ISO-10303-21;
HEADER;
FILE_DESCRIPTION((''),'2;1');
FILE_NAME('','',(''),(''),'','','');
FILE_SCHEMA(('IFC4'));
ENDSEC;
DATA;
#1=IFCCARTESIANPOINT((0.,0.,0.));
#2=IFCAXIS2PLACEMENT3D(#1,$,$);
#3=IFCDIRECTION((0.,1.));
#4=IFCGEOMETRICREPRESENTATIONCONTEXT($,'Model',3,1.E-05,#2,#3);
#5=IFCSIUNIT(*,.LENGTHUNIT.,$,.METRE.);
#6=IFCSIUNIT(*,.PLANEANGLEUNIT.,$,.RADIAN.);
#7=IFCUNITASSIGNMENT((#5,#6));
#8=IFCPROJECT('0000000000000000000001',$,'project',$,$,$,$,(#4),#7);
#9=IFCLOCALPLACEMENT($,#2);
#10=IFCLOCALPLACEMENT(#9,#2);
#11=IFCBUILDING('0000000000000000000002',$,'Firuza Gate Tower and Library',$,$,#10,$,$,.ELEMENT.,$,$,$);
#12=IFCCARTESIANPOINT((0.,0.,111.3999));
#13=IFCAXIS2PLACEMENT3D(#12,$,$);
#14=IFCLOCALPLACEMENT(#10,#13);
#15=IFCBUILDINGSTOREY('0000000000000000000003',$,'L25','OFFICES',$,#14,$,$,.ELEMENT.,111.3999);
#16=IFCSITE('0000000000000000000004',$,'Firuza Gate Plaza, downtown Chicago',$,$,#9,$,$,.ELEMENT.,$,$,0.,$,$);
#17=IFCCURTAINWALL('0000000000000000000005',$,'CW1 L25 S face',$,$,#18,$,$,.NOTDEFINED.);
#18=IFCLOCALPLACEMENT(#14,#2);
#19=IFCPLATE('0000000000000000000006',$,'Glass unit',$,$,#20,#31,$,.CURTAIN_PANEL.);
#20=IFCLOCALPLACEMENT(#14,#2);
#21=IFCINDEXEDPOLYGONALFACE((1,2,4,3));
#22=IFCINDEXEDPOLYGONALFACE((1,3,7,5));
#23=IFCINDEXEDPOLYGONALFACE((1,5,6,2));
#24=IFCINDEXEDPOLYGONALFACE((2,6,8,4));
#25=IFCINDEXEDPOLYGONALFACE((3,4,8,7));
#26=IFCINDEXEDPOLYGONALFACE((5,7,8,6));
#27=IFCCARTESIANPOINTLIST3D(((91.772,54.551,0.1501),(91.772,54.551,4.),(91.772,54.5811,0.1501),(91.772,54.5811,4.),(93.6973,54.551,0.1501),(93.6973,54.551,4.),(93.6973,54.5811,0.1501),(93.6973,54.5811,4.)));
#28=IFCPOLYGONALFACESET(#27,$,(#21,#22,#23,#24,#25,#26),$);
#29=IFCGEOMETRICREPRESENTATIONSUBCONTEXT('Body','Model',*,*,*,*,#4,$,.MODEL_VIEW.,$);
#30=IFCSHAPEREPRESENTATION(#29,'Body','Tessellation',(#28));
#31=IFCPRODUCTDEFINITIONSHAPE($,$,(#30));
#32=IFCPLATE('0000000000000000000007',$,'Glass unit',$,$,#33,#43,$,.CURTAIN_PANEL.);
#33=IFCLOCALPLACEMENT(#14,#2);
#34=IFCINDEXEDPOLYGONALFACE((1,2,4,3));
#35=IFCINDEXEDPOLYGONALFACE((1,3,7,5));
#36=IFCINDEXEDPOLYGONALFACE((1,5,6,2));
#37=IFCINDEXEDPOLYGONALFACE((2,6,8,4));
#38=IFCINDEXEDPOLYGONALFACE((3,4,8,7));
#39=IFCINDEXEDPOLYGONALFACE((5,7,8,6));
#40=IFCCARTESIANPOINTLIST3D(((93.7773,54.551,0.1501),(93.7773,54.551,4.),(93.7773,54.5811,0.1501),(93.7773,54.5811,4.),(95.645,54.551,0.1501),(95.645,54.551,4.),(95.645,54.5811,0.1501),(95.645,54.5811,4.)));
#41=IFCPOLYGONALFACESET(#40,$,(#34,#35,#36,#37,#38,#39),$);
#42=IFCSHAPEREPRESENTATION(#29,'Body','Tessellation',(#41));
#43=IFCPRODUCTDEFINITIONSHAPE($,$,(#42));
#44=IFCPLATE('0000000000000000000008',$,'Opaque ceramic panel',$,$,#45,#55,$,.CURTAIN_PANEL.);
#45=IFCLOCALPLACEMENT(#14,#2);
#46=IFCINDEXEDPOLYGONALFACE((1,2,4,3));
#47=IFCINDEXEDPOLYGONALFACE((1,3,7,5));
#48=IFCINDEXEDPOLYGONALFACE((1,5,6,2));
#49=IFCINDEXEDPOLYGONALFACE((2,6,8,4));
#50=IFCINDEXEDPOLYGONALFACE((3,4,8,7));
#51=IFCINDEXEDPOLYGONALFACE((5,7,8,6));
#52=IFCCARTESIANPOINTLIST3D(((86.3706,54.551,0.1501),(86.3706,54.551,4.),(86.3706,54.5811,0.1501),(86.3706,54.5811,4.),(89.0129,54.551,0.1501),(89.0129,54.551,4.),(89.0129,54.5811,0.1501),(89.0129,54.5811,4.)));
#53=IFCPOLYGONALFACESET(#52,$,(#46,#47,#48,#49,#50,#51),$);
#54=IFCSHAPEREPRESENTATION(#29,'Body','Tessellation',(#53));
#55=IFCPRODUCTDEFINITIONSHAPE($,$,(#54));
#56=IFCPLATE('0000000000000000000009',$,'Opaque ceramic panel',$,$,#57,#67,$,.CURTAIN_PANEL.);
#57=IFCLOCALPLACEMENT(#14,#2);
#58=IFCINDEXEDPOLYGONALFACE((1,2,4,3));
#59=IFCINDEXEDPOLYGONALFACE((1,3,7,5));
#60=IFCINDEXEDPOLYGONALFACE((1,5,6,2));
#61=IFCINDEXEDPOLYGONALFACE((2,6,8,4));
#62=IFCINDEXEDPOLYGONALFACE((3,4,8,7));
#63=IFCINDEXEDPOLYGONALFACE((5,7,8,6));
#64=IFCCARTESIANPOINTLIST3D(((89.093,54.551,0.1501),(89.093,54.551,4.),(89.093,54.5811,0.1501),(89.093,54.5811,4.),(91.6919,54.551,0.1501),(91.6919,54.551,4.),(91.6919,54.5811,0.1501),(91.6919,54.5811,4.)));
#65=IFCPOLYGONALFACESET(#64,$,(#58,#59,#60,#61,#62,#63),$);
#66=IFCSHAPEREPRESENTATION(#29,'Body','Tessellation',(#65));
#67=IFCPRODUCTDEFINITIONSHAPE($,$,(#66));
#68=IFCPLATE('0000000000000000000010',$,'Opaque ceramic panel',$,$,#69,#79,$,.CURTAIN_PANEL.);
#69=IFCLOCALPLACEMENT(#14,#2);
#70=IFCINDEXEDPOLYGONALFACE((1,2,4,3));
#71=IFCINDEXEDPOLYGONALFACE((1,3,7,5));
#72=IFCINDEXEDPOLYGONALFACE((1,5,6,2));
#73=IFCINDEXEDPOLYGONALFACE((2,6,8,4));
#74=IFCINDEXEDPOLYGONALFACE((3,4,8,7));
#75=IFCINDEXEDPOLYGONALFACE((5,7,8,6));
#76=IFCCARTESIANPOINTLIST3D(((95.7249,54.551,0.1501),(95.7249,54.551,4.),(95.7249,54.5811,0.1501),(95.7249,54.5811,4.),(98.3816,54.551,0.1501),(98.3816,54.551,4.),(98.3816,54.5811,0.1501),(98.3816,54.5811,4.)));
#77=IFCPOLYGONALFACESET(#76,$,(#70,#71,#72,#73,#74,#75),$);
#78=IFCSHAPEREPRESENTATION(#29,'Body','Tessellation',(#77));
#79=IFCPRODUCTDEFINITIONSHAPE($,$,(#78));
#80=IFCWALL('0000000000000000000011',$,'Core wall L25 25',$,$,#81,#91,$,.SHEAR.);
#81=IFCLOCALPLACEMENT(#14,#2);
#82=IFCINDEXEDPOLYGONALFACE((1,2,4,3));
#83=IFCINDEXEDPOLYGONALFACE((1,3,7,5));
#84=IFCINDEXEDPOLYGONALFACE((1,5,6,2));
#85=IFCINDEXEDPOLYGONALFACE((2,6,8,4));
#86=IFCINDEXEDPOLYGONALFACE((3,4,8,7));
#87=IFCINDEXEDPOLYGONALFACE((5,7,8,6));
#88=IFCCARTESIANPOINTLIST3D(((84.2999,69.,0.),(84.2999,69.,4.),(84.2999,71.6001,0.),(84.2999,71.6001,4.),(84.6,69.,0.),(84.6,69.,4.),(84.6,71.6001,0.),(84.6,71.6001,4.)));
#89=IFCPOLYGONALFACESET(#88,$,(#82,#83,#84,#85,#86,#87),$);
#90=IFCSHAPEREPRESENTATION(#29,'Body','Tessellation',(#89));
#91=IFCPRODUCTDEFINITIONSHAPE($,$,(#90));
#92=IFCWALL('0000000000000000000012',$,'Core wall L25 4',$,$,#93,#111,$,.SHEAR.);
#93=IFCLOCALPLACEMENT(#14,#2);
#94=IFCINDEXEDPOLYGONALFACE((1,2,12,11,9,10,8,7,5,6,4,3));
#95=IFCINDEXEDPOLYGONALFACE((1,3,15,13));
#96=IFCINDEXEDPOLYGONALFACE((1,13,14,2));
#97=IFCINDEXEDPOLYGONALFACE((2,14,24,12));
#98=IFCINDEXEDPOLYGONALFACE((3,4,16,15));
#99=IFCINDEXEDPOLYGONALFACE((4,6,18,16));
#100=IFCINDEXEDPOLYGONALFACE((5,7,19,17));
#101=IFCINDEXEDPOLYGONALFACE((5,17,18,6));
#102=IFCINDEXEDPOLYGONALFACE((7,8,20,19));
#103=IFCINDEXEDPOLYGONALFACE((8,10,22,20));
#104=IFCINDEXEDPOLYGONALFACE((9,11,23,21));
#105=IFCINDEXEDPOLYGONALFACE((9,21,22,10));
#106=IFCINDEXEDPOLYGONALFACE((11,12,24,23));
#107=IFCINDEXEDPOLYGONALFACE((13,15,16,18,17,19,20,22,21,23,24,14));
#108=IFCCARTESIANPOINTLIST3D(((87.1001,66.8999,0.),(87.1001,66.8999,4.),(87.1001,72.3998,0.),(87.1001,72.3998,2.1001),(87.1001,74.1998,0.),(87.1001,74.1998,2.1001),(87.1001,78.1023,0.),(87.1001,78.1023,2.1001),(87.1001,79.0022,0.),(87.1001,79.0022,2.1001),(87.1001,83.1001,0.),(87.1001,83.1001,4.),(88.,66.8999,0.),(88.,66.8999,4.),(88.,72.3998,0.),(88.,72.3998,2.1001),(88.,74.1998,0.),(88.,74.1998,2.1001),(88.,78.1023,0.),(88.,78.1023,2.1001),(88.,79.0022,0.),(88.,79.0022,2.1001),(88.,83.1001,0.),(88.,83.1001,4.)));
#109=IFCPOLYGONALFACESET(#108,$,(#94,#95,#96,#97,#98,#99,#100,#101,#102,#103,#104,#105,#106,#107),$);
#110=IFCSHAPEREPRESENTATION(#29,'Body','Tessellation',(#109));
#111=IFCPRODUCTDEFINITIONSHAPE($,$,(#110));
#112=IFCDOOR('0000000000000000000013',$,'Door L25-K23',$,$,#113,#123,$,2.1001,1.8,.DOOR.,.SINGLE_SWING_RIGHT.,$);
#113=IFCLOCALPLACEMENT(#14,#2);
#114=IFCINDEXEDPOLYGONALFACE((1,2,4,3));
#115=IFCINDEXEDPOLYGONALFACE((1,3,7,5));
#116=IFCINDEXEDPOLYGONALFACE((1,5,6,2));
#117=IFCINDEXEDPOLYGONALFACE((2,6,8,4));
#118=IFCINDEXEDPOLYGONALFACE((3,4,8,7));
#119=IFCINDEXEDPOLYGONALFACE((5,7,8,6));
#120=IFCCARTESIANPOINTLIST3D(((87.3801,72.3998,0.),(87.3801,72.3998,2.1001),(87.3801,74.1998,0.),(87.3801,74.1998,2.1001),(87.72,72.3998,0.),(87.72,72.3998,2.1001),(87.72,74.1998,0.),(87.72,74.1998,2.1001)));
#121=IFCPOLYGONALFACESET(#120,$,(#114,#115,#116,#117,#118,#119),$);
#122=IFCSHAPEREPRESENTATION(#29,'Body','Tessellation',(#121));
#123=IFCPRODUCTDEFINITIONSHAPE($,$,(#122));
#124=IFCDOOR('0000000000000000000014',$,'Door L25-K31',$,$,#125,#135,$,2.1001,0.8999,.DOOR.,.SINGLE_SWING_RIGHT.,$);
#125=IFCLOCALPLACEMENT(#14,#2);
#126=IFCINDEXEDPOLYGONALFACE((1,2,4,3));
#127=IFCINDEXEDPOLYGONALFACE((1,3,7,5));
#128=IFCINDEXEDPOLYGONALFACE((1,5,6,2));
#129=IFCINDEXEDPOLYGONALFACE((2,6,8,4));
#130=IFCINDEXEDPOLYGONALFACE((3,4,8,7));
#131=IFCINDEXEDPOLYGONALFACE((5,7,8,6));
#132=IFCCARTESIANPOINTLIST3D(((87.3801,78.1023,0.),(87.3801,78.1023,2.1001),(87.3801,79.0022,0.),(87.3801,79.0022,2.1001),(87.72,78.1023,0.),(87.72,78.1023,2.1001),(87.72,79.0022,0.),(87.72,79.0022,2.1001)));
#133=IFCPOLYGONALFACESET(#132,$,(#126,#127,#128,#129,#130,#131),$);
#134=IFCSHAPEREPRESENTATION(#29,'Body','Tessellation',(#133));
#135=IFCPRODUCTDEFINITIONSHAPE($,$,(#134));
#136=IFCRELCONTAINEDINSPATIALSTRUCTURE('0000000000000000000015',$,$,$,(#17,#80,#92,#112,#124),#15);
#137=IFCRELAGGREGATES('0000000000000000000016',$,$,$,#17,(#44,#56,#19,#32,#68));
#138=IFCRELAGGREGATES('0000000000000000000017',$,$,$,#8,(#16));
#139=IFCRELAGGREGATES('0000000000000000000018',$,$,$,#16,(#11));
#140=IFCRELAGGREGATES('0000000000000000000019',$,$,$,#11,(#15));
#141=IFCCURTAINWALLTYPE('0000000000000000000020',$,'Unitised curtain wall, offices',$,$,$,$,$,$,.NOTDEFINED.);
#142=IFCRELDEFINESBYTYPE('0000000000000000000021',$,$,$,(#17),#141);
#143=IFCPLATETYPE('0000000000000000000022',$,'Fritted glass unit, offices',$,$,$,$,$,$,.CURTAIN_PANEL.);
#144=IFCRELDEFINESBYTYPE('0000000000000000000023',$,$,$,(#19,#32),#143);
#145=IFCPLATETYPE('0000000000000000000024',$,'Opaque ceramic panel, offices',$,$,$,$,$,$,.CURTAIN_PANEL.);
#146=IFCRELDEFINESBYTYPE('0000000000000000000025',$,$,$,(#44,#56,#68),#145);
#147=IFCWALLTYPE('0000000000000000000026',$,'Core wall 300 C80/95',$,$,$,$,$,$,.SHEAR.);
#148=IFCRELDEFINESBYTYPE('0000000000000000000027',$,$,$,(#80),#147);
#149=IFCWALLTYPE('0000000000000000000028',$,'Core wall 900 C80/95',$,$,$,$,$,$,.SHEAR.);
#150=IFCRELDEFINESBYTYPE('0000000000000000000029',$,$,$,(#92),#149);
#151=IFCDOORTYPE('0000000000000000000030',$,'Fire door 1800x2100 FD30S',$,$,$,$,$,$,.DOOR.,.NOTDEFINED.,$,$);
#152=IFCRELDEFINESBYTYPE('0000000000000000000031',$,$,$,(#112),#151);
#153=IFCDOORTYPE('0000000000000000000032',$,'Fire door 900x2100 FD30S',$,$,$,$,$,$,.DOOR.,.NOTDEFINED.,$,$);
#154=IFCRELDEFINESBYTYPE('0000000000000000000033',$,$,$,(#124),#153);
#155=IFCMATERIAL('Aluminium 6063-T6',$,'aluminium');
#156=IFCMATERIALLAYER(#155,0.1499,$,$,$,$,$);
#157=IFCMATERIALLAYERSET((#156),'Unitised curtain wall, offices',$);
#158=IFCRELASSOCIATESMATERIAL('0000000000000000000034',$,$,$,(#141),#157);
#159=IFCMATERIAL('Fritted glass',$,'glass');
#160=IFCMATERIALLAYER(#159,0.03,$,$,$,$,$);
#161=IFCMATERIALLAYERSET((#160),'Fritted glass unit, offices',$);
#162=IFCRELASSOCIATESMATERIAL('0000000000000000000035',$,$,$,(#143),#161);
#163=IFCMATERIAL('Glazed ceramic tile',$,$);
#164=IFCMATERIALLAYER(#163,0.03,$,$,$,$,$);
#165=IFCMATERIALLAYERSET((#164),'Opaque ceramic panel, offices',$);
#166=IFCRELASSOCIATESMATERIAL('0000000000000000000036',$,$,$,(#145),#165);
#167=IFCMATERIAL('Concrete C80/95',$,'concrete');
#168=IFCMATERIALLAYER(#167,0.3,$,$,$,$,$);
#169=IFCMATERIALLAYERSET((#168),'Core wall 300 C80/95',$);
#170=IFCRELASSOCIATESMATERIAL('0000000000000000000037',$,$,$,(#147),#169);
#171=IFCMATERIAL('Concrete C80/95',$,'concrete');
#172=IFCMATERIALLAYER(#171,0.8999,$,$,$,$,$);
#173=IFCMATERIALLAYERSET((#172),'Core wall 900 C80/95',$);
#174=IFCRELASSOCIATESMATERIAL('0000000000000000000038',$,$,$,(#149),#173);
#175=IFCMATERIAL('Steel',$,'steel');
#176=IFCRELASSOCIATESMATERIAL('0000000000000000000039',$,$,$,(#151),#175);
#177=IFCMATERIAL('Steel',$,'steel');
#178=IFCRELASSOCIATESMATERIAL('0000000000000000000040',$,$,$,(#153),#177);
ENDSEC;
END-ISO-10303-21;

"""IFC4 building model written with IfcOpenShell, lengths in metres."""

from ifc_helpers import new_model, si_unit, direction, frame, frame_2d, origin, place, context, subcontext, project, spatial, polyline, rectangle, outline, extrude, material, layer, layer_set, type_object, element, fill, aggregate, save


model = new_model("IFC4")

# Units and contexts
model_context = context("Model", 3, precision=1e-05, world=origin(), true_north=direction((0.0, 1.0)))
body_context = subcontext(model_context, "Body", "Model", "MODEL_VIEW")
ifc_project = project(units=[si_unit("LENGTHUNIT", "METRE"), si_unit("PLANEANGLEUNIT", "RADIAN")], contexts=[model_context])

# Site, building, storey
site_placement = place(None, origin())
site = spatial("IfcSite", under=ifc_project, at=site_placement, Name="Firuza Gate Plaza, downtown Chicago", CompositionType="ELEMENT", RefElevation=0.0)
building_placement = place(site_placement, origin())
building = spatial("IfcBuilding", under=site, at=building_placement, Name="Firuza Gate Tower and Library", CompositionType="ELEMENT")
storey_placement = place(building_placement, frame((0.0, 0.0, 111.3999)))
storey = spatial("IfcBuildingStorey", under=building, at=storey_placement, Name="L25", Description="OFFICES", CompositionType="ELEMENT", Elevation=111.3999)

# Curtain wall
ifc_material_1 = material(Name="Aluminium 6063-T6", Category="aluminium")
ifc_layer_1 = layer(ifc_material_1, 0.1499)
ifc_layer_set_1 = layer_set([ifc_layer_1], Name="Unitised curtain wall, offices")
curtain_wall_type = type_object("IfcCurtainWallType", Name="Unitised curtain wall, offices", PredefinedType="NOTDEFINED", material=ifc_layer_set_1)
curtain_wall_placement = place(storey_placement, origin())
curtain_wall = element("IfcCurtainWall", 1, at=curtain_wall_placement, inside=storey, type_object=curtain_wall_type, Name="CW1 L25 S face", PredefinedType="NOTDEFINED")

# Plates
ifc_material_2 = material(Name="Fritted glass", Category="glass")
ifc_layer_2 = layer(ifc_material_2, 0.03)
ifc_layer_set_2 = layer_set([ifc_layer_2], Name="Fritted glass unit, offices")
plate_type_1 = type_object("IfcPlateType", Name="Fritted glass unit, offices", PredefinedType="CURTAIN_PANEL", material=ifc_layer_set_2)
plate_1_placement = place(storey_placement, frame((91.772, 54.551, 0.1501), z_axis=(0.0, -1.0, 0.0), x_axis=(1.0, 0.0, 0.0)))
plate_1 = element("IfcPlate", 2, at=plate_1_placement, type_object=plate_type_1, Name="Glass unit", PredefinedType="CURTAIN_PANEL", context=body_context, shape_type="SweptSolid", body=[
    extrude(outline(polyline([(0.0, 0.0), (1.9253, 0.0), (1.9253, 3.8499), (0.0, 3.8499), (0.0, 0.0)])), origin(), (0.0, 0.0, -1.0), 0.03),
])
plate_2_placement = place(storey_placement, frame((93.7773, 54.551, 0.1501), z_axis=(0.0, -1.0, 0.0), x_axis=(1.0, 0.0, 0.0)))
plate_2 = element("IfcPlate", 3, at=plate_2_placement, type_object=plate_type_1, Name="Glass unit", PredefinedType="CURTAIN_PANEL", context=body_context, shape_type="SweptSolid", body=[
    extrude(outline(polyline([(0.0, 0.0), (1.8677, 0.0), (1.8677, 3.8499), (0.0, 3.8499), (0.0, 0.0)])), origin(), (0.0, 0.0, -1.0), 0.03),
])
ifc_material_3 = material(Name="Glazed ceramic tile")
ifc_layer_3 = layer(ifc_material_3, 0.03)
ifc_layer_set_3 = layer_set([ifc_layer_3], Name="Opaque ceramic panel, offices")
plate_type_2 = type_object("IfcPlateType", Name="Opaque ceramic panel, offices", PredefinedType="CURTAIN_PANEL", material=ifc_layer_set_3)
plate_3_placement = place(storey_placement, frame((86.3706, 54.551, 0.1501), z_axis=(0.0, -1.0, 0.0), x_axis=(1.0, 0.0, 0.0)))
plate_3 = element("IfcPlate", 4, at=plate_3_placement, type_object=plate_type_2, Name="Opaque ceramic panel", PredefinedType="CURTAIN_PANEL", context=body_context, shape_type="SweptSolid", body=[
    extrude(outline(polyline([(0.0, 0.0), (2.6423, 0.0), (2.6423, 3.8499), (0.0, 3.8499), (0.0, 0.0)])), origin(), (0.0, 0.0, -1.0), 0.03),
])
plate_4_placement = place(storey_placement, frame((89.093, 54.551, 0.1501), z_axis=(0.0, -1.0, 0.0), x_axis=(1.0, 0.0, 0.0)))
plate_4 = element("IfcPlate", 5, at=plate_4_placement, type_object=plate_type_2, Name="Opaque ceramic panel", PredefinedType="CURTAIN_PANEL", context=body_context, shape_type="SweptSolid", body=[
    extrude(outline(polyline([(0.0, 0.0), (2.5989, 0.0), (2.5989, 3.8499), (0.0, 3.8499), (0.0, 0.0)])), origin(), (0.0, 0.0, -1.0), 0.03),
])
plate_5_placement = place(storey_placement, frame((95.7249, 54.551, 0.1501), z_axis=(0.0, -1.0, 0.0), x_axis=(1.0, 0.0, 0.0)))
plate_5 = element("IfcPlate", 6, at=plate_5_placement, type_object=plate_type_2, Name="Opaque ceramic panel", PredefinedType="CURTAIN_PANEL", context=body_context, shape_type="SweptSolid", body=[
    extrude(outline(polyline([(0.0, 0.0), (2.6567, 0.0), (2.6567, 3.8499), (0.0, 3.8499), (0.0, 0.0)])), origin(), (0.0, 0.0, -1.0), 0.03),
])
aggregate(curtain_wall, [plate_3, plate_4, plate_1, plate_2, plate_5])

# Wall
ifc_material_4 = material(Name="Concrete C80/95", Category="concrete")
ifc_layer_4 = layer(ifc_material_4, 0.3)
ifc_layer_set_4 = layer_set([ifc_layer_4], Name="Core wall 300 C80/95")
wall_type_1 = type_object("IfcWallType", Name="Core wall 300 C80/95", PredefinedType="SHEAR", material=ifc_layer_set_4)
wall_1_placement = place(storey_placement, frame((84.45, 69.0, 0.0), z_axis=(0.0, 0.0, 1.0), x_axis=(0.0, 1.0, 0.0)))
element("IfcWall", 7, at=wall_1_placement, inside=storey, type_object=wall_type_1, Name="Core wall L25 25", PredefinedType="SHEAR", context=body_context, shape_type="SweptSolid", body=[
    extrude(rectangle(XDim=2.6001, YDim=0.3, at=frame_2d((1.3, 0.0))), origin(), (0.0, 0.0, 1.0), 4.0),
])

# Wall, openings, doors
ifc_material_5 = material(Name="Concrete C80/95", Category="concrete")
ifc_layer_5 = layer(ifc_material_5, 0.8999)
ifc_layer_set_5 = layer_set([ifc_layer_5], Name="Core wall 900 C80/95")
wall_type_2 = type_object("IfcWallType", Name="Core wall 900 C80/95", PredefinedType="SHEAR", material=ifc_layer_set_5)
wall_2_placement = place(storey_placement, frame((87.55, 66.8999, 0.0), z_axis=(0.0, 0.0, 1.0), x_axis=(0.0, 1.0, 0.0)))
wall_2 = element("IfcWall", 8, at=wall_2_placement, inside=storey, type_object=wall_type_2, Name="Core wall L25 4", PredefinedType="SHEAR", context=body_context, shape_type="SweptSolid", body=[
    extrude(rectangle(XDim=16.2002, YDim=0.8999, at=frame_2d((8.1001, 0.0))), origin(), (0.0, 0.0, 1.0), 4.0),
])
opening_1_placement = place(wall_2_placement, frame((5.5, 0.0, 0.0)))
opening_1 = element("IfcOpeningElement", 9, at=opening_1_placement, cuts=wall_2, PredefinedType="OPENING", context=body_context, shape_type="SweptSolid", body=[
    extrude(rectangle(XDim=1.8, YDim=2.1001, at=frame_2d((0.8999, 1.05))), frame((0.0, 0.46, 0.0), z_axis=(0.0, -1.0, 0.0), x_axis=(1.0, 0.0, 0.0)), (0.0, 0.0, 1.0), 0.9199),
])
opening_2_placement = place(wall_2_placement, frame((11.2024, 0.0, 0.0)))
opening_2 = element("IfcOpeningElement", 10, at=opening_2_placement, cuts=wall_2, PredefinedType="OPENING", context=body_context, shape_type="SweptSolid", body=[
    extrude(rectangle(XDim=0.8999, YDim=2.1001, at=frame_2d((0.45, 1.05))), frame((0.0, 0.46, 0.0), z_axis=(0.0, -1.0, 0.0), x_axis=(1.0, 0.0, 0.0)), (0.0, 0.0, 1.0), 0.9199),
])
ifc_material_6 = material(Name="Steel", Category="steel")
door_type_1 = type_object("IfcDoorType", Name="Fire door 1800x2100 FD30S", OperationType="NOTDEFINED", PredefinedType="DOOR", material=ifc_material_6)
door_1_placement = place(opening_1_placement, origin())
door_1 = element("IfcDoor", 11, at=door_1_placement, inside=storey, type_object=door_type_1, Name="Door L25-K23", OperationType="SINGLE_SWING_RIGHT", OverallHeight=2.1001, OverallWidth=1.8, PredefinedType="DOOR", context=body_context, shape_type="SweptSolid", body=[
    extrude(rectangle(XDim=1.8, YDim=2.1001, at=frame_2d((0.8999, 1.05))), frame((0.0, 0.1699, 0.0), z_axis=(0.0, -1.0, 0.0), x_axis=(1.0, 0.0, 0.0)), (0.0, 0.0, 1.0), 0.3398),
])
fill(opening_1, door_1)
ifc_material_7 = material(Name="Steel", Category="steel")
door_type_2 = type_object("IfcDoorType", Name="Fire door 900x2100 FD30S", OperationType="NOTDEFINED", PredefinedType="DOOR", material=ifc_material_7)
door_2_placement = place(opening_2_placement, origin())
door_2 = element("IfcDoor", 12, at=door_2_placement, inside=storey, type_object=door_type_2, Name="Door L25-K31", OperationType="SINGLE_SWING_RIGHT", OverallHeight=2.1001, OverallWidth=0.8999, PredefinedType="DOOR", context=body_context, shape_type="SweptSolid", body=[
    extrude(rectangle(XDim=0.8999, YDim=2.1001, at=frame_2d((0.45, 1.05))), frame((0.0, 0.1699, 0.0), z_axis=(0.0, -1.0, 0.0), x_axis=(1.0, 0.0, 0.0)), (0.0, 0.0, 1.0), 0.3398),
])
fill(opening_2, door_2)

save(model, "model.ifc")
